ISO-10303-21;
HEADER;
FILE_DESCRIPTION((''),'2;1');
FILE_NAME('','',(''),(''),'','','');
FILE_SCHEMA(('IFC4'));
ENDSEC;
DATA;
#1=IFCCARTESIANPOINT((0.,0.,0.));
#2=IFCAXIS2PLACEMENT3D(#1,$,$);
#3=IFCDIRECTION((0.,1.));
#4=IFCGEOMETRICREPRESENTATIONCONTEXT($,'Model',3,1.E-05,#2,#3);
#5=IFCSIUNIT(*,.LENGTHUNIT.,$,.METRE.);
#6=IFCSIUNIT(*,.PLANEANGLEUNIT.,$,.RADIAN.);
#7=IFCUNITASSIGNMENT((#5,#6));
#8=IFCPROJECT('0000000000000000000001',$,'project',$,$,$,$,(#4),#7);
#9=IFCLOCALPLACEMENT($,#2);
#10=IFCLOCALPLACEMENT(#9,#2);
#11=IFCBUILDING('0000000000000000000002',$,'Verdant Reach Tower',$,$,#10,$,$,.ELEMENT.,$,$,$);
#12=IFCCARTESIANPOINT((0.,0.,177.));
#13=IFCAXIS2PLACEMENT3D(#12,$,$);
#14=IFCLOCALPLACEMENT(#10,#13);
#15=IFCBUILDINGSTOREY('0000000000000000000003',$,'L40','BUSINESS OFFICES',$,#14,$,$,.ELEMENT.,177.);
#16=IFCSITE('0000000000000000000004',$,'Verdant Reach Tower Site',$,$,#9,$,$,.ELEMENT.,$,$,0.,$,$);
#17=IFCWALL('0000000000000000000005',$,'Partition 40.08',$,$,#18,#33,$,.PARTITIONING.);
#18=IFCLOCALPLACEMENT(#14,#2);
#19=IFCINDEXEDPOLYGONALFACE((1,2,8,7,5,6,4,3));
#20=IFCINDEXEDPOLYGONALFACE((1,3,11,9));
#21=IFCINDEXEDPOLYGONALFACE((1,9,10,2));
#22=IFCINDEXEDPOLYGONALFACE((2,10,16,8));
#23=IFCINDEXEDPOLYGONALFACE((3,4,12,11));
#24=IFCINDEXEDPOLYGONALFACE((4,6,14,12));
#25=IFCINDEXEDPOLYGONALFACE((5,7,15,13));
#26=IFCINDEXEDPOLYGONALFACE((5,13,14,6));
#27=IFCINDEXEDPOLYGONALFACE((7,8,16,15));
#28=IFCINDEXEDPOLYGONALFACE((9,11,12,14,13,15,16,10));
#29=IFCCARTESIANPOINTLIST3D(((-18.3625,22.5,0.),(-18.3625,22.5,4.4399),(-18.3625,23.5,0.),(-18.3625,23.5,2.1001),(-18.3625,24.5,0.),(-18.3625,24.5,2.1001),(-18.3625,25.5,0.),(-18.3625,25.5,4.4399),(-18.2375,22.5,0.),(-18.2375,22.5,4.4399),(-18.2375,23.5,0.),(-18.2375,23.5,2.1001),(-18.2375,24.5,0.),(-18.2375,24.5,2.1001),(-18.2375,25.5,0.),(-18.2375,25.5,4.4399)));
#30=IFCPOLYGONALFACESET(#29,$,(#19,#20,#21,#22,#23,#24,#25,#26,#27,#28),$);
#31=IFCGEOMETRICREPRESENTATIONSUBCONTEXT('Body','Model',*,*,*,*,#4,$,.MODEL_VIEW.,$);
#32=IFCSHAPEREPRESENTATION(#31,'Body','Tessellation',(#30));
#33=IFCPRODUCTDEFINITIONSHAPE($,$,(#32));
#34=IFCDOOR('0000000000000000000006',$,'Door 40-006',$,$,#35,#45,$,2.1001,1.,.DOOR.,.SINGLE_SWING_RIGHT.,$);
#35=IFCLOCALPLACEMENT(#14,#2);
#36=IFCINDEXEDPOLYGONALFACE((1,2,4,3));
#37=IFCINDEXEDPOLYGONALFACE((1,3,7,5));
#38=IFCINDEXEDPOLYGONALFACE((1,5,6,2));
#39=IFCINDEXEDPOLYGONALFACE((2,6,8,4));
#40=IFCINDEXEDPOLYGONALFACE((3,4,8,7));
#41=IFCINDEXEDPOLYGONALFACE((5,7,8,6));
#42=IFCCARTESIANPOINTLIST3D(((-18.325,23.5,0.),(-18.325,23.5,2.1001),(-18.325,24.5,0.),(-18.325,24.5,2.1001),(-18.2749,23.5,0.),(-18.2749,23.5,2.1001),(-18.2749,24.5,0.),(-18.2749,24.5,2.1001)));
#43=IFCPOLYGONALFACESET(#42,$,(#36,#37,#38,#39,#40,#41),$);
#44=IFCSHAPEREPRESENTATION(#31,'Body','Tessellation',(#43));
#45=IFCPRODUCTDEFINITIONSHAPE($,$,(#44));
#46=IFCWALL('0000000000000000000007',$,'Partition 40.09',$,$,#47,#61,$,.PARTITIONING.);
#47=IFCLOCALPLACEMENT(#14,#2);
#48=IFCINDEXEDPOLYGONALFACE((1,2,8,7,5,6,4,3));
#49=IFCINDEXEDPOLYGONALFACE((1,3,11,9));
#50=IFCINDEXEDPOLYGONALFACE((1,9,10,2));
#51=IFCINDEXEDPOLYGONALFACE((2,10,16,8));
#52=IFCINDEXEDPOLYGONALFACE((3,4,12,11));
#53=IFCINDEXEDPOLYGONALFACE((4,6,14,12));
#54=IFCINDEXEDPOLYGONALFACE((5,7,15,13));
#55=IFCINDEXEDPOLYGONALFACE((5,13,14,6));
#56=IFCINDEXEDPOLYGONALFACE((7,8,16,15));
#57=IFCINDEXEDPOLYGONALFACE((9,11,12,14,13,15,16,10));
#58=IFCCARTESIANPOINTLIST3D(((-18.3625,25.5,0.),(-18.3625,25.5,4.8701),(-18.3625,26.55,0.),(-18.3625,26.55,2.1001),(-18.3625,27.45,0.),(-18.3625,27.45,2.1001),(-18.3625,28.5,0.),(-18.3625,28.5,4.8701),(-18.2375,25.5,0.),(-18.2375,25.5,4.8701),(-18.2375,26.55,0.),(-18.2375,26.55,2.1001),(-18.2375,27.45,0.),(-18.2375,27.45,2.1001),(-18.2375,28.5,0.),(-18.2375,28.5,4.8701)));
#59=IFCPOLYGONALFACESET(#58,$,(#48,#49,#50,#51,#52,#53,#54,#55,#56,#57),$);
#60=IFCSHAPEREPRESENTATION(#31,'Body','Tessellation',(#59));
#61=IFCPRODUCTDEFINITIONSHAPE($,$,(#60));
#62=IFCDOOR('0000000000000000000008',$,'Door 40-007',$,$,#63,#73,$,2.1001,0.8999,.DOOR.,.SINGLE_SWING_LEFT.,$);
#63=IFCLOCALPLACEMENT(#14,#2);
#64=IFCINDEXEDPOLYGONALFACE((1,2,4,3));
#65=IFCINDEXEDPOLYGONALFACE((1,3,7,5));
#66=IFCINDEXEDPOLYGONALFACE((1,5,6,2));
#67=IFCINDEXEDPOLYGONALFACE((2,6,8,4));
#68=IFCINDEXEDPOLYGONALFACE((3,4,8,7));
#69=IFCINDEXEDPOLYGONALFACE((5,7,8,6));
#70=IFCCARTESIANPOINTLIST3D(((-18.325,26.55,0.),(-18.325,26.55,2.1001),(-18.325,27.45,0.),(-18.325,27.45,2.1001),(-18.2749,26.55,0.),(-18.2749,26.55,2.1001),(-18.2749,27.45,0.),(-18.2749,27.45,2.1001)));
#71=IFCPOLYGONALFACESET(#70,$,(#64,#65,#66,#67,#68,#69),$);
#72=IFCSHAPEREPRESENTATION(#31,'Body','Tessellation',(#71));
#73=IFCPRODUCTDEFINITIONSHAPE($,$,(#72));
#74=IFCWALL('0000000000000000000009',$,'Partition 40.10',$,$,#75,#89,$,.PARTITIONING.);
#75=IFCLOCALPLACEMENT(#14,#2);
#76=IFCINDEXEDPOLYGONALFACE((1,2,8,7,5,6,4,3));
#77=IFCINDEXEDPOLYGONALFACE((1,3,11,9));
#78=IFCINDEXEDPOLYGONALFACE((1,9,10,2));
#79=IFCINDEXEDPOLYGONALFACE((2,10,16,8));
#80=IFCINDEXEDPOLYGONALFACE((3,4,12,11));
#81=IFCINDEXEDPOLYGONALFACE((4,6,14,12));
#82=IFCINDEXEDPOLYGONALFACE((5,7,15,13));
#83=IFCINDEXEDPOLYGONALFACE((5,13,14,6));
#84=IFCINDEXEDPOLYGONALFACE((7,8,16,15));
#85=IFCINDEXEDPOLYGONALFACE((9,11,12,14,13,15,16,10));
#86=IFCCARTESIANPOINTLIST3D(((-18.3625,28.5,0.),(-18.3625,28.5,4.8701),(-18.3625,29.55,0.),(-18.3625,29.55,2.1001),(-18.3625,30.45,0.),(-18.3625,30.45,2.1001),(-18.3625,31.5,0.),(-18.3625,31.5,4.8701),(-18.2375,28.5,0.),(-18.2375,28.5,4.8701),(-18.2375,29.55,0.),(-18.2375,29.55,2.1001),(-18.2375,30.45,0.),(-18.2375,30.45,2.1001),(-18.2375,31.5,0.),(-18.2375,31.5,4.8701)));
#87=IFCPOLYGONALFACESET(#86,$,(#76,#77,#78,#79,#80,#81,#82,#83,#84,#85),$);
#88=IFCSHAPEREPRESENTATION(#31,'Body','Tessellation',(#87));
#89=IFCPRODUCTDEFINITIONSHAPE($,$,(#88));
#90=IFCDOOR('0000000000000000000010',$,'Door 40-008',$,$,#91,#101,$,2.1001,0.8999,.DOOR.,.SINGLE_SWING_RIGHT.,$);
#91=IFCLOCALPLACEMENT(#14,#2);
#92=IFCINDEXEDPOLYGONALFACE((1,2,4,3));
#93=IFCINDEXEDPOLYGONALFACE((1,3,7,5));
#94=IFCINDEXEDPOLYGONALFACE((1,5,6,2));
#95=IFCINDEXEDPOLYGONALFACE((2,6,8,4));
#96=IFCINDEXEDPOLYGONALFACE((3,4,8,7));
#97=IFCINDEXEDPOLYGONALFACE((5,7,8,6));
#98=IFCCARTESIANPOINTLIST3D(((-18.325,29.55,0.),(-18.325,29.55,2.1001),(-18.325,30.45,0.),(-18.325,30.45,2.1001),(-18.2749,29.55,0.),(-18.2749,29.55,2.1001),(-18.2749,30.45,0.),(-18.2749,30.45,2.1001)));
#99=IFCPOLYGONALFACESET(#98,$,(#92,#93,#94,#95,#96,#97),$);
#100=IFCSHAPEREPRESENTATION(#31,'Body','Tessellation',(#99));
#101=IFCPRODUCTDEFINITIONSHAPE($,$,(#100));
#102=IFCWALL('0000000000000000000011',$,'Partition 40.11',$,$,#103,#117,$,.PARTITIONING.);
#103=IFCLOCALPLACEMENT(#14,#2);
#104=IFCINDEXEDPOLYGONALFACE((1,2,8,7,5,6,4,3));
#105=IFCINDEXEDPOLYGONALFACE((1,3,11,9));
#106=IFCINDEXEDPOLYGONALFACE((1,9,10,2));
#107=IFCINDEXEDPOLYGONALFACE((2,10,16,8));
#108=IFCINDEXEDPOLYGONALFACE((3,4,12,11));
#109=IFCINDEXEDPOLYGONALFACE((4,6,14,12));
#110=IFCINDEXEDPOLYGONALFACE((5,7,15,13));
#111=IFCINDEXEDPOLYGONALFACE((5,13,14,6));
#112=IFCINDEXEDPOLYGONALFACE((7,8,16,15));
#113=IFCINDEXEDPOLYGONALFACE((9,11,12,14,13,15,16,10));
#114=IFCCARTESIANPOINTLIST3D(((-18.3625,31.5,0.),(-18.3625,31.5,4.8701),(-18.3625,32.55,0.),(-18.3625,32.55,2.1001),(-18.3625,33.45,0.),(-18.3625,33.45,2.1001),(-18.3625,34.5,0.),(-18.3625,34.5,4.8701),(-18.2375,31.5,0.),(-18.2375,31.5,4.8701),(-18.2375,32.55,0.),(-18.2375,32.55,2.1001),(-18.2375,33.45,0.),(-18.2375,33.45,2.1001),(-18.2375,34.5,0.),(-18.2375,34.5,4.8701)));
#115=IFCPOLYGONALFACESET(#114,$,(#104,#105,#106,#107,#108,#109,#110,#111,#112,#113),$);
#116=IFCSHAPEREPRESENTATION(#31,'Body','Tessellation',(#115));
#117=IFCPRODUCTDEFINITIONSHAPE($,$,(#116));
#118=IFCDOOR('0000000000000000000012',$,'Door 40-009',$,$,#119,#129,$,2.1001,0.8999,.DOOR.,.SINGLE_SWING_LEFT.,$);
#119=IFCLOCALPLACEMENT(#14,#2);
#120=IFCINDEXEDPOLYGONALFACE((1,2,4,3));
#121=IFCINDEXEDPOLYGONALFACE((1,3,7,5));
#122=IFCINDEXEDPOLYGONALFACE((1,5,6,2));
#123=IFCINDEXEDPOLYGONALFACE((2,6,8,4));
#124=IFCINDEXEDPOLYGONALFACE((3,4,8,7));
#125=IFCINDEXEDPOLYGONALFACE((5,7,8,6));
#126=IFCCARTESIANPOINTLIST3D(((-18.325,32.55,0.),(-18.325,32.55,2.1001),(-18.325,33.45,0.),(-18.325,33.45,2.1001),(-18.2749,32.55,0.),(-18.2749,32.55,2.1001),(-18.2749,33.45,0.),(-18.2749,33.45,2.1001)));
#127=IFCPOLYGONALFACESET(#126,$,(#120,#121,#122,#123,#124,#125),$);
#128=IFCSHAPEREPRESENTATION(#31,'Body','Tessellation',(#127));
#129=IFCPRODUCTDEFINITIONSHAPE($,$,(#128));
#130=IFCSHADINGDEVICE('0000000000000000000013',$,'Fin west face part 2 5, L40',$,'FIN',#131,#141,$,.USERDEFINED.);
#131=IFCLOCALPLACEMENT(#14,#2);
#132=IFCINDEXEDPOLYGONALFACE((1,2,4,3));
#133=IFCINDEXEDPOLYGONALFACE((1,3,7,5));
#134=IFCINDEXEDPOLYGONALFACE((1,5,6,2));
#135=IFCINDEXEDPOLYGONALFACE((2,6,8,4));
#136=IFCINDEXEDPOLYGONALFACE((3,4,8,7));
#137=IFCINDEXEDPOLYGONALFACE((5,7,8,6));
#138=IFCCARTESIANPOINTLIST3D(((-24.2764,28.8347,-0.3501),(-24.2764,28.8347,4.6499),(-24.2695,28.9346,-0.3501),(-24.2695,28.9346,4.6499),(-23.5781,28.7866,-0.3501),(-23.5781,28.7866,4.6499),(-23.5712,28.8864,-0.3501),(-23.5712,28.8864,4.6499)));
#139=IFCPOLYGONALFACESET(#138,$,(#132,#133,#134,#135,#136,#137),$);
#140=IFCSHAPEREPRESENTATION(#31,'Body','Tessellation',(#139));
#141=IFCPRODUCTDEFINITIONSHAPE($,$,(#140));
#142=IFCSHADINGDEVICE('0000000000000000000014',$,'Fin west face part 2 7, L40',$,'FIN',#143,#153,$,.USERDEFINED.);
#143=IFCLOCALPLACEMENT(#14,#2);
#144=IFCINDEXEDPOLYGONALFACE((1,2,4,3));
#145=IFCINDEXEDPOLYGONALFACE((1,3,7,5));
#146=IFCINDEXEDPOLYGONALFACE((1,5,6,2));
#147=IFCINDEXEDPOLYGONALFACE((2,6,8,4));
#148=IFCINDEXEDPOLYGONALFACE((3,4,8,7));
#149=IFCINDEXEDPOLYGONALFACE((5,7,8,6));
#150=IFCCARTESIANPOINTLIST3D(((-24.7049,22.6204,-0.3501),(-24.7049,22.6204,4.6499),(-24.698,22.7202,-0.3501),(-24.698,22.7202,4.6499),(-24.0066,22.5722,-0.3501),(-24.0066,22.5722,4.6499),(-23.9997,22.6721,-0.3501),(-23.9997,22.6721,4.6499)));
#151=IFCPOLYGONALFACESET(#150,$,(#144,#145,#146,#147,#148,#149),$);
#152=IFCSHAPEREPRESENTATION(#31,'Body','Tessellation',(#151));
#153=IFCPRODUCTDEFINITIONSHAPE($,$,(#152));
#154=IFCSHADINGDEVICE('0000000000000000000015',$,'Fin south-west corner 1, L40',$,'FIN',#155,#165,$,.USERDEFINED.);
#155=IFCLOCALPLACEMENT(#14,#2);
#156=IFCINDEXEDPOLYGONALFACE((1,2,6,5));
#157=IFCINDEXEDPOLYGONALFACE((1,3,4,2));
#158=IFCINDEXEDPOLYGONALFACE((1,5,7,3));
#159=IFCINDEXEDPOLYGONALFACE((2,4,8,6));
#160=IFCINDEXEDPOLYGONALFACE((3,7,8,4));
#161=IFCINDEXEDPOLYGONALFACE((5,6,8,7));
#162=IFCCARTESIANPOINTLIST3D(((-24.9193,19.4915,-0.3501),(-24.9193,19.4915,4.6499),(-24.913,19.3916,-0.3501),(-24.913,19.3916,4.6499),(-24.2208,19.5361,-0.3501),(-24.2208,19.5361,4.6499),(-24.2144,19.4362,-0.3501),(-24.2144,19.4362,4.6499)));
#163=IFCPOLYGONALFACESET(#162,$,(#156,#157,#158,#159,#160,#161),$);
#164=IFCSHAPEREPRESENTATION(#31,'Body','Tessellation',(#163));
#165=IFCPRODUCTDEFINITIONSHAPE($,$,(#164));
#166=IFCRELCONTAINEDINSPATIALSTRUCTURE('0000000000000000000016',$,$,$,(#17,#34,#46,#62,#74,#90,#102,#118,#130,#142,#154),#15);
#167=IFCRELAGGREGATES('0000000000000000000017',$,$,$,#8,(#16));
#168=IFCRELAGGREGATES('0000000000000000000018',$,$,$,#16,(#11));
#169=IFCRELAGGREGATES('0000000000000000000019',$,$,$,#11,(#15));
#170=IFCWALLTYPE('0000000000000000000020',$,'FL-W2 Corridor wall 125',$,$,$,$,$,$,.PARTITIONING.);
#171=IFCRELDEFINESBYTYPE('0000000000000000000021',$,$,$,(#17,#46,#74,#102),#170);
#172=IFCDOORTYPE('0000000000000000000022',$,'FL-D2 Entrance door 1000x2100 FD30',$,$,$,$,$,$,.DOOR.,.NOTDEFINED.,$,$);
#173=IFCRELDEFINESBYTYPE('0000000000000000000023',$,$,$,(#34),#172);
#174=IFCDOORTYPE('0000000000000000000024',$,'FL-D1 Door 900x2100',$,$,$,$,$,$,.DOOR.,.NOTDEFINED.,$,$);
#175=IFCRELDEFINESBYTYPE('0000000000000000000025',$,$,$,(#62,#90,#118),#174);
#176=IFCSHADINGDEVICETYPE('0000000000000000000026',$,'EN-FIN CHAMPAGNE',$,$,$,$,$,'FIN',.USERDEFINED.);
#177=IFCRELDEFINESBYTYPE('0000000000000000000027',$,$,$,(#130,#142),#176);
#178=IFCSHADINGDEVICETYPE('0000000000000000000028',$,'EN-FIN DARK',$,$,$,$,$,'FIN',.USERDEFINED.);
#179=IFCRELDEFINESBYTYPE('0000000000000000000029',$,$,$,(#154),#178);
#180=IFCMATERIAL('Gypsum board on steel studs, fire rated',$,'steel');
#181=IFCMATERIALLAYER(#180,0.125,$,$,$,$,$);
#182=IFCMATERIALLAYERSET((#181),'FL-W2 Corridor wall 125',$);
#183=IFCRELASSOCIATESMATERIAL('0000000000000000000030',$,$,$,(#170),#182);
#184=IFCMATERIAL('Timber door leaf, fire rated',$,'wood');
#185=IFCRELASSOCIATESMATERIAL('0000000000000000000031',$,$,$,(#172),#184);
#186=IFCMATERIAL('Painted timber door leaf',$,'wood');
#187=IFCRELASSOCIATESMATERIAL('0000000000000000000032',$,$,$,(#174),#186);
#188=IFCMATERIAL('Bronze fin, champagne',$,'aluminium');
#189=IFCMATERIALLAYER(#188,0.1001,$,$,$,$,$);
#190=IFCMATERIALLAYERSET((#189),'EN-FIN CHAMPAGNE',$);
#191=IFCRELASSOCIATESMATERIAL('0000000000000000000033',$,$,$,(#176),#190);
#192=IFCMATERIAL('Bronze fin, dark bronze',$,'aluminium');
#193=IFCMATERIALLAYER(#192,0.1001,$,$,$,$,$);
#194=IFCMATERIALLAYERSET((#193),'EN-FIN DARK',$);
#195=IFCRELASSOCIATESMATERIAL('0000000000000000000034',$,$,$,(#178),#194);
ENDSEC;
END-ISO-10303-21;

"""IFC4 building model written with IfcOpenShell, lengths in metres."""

from ifc_helpers import new_model, si_unit, direction, frame, frame_2d, origin, origin_2d, place, context, subcontext, project, spatial, rectangle, extrude, material, layer, layer_set, type_object, element, fill, save


model = new_model("IFC4")

# Units and contexts
model_context = context("Model", 3, precision=1e-05, world=origin(), true_north=direction((0.0, 1.0)))
body_context = subcontext(model_context, "Body", "Model", "MODEL_VIEW")
ifc_project = project(units=[si_unit("LENGTHUNIT", "METRE"), si_unit("PLANEANGLEUNIT", "RADIAN")], contexts=[model_context])

# Site, building, storey
site_placement = place(None, origin())
site = spatial("IfcSite", under=ifc_project, at=site_placement, Name="Verdant Reach Tower Site", CompositionType="ELEMENT", RefElevation=0.0)
building_placement = place(site_placement, origin())
building = spatial("IfcBuilding", under=site, at=building_placement, Name="Verdant Reach Tower", CompositionType="ELEMENT")
storey_placement = place(building_placement, frame((0.0, 0.0, 177.0)))
storey = spatial("IfcBuildingStorey", under=building, at=storey_placement, Name="L40", Description="BUSINESS OFFICES", CompositionType="ELEMENT", Elevation=177.0)

# Walls, openings, doors
ifc_material_1 = material(Name="Gypsum board on steel studs, fire rated", Category="steel")
ifc_layer_1 = layer(ifc_material_1, 0.125)
ifc_layer_set_1 = layer_set([ifc_layer_1], Name="FL-W2 Corridor wall 125")
wall_type_1 = type_object("IfcWallType", Name="FL-W2 Corridor wall 125", PredefinedType="PARTITIONING", material=ifc_layer_set_1)
wall_1_placement = place(storey_placement, frame((-18.3, 22.5, 0.0), z_axis=(0.0, 0.0, 1.0), x_axis=(0.0, 1.0, 0.0)))
wall_1 = element("IfcWall", 1, at=wall_1_placement, inside=storey, type_object=wall_type_1, Name="Partition 40.08", PredefinedType="PARTITIONING", context=body_context, shape_type="SweptSolid", body=[
    extrude(rectangle(XDim=3.0, YDim=0.125, at=frame_2d((1.5, 0.0))), origin(), (0.0, 0.0, 1.0), 4.4399),
])
opening_1_placement = place(wall_1_placement, frame((1.0, 0.0, 0.0)))
opening_1 = element("IfcOpeningElement", 2, at=opening_1_placement, cuts=wall_1, PredefinedType="OPENING", context=body_context, shape_type="SweptSolid", body=[
    extrude(rectangle(XDim=1.0, YDim=2.1001, at=frame_2d((0.5, 1.05))), frame((0.0, 0.0725, 0.0), z_axis=(0.0, -1.0, 0.0), x_axis=(1.0, 0.0, 0.0)), (0.0, 0.0, 1.0), 0.145),
])
ifc_material_2 = material(Name="Timber door leaf, fire rated", Category="wood")
door_type_1 = type_object("IfcDoorType", Name="FL-D2 Entrance door 1000x2100 FD30", OperationType="NOTDEFINED", PredefinedType="DOOR", material=ifc_material_2)
door_1_placement = place(opening_1_placement, origin())
door_1 = element("IfcDoor", 3, at=door_1_placement, inside=storey, type_object=door_type_1, Name="Door 40-006", OperationType="SINGLE_SWING_RIGHT", OverallHeight=2.1001, OverallWidth=1.0, PredefinedType="DOOR", context=body_context, shape_type="SweptSolid", body=[
    extrude(rectangle(XDim=1.0, YDim=2.1001, at=frame_2d((0.5, 1.05))), frame((0.0, 0.0249, 0.0), z_axis=(0.0, -1.0, 0.0), x_axis=(1.0, 0.0, 0.0)), (0.0, 0.0, 1.0), 0.05),
])
fill(opening_1, door_1)
wall_2_placement = place(storey_placement, frame((-18.3, 25.5, 0.0), z_axis=(0.0, 0.0, 1.0), x_axis=(0.0, 1.0, 0.0)))
wall_2 = element("IfcWall", 4, at=wall_2_placement, inside=storey, type_object=wall_type_1, Name="Partition 40.09", PredefinedType="PARTITIONING", context=body_context, shape_type="SweptSolid", body=[
    extrude(rectangle(XDim=3.0, YDim=0.125, at=frame_2d((1.5, 0.0))), origin(), (0.0, 0.0, 1.0), 4.8701),
])
opening_2_placement = place(wall_2_placement, frame((1.05, 0.0, 0.0)))
opening_2 = element("IfcOpeningElement", 5, at=opening_2_placement, cuts=wall_2, PredefinedType="OPENING", context=body_context, shape_type="SweptSolid", body=[
    extrude(rectangle(XDim=0.8999, YDim=2.1001, at=frame_2d((0.45, 1.05))), frame((0.0, 0.0725, 0.0), z_axis=(0.0, -1.0, 0.0), x_axis=(1.0, 0.0, 0.0)), (0.0, 0.0, 1.0), 0.145),
])
ifc_material_3 = material(Name="Painted timber door leaf", Category="wood")
door_type_2 = type_object("IfcDoorType", Name="FL-D1 Door 900x2100", OperationType="NOTDEFINED", PredefinedType="DOOR", material=ifc_material_3)
door_2_placement = place(opening_2_placement, origin())
door_2 = element("IfcDoor", 6, at=door_2_placement, inside=storey, type_object=door_type_2, Name="Door 40-007", OperationType="SINGLE_SWING_LEFT", OverallHeight=2.1001, OverallWidth=0.8999, PredefinedType="DOOR", context=body_context, shape_type="SweptSolid", body=[
    extrude(rectangle(XDim=0.8999, YDim=2.1001, at=frame_2d((0.45, 1.05))), frame((0.0, 0.0249, 0.0), z_axis=(0.0, -1.0, 0.0), x_axis=(1.0, 0.0, 0.0)), (0.0, 0.0, 1.0), 0.05),
])
fill(opening_2, door_2)
wall_3_placement = place(storey_placement, frame((-18.3, 28.5, 0.0), z_axis=(0.0, 0.0, 1.0), x_axis=(0.0, 1.0, 0.0)))
wall_3 = element("IfcWall", 7, at=wall_3_placement, inside=storey, type_object=wall_type_1, Name="Partition 40.10", PredefinedType="PARTITIONING", context=body_context, shape_type="SweptSolid", body=[
    extrude(rectangle(XDim=3.0, YDim=0.125, at=frame_2d((1.5, 0.0))), origin(), (0.0, 0.0, 1.0), 4.8701),
])
opening_3_placement = place(wall_3_placement, frame((1.05, 0.0, 0.0)))
opening_3 = element("IfcOpeningElement", 8, at=opening_3_placement, cuts=wall_3, PredefinedType="OPENING", context=body_context, shape_type="SweptSolid", body=[
    extrude(rectangle(XDim=0.8999, YDim=2.1001, at=frame_2d((0.45, 1.05))), frame((0.0, 0.0725, 0.0), z_axis=(0.0, -1.0, 0.0), x_axis=(1.0, 0.0, 0.0)), (0.0, 0.0, 1.0), 0.145),
])
door_3_placement = place(opening_3_placement, origin())
door_3 = element("IfcDoor", 9, at=door_3_placement, inside=storey, type_object=door_type_2, Name="Door 40-008", OperationType="SINGLE_SWING_RIGHT", OverallHeight=2.1001, OverallWidth=0.8999, PredefinedType="DOOR", context=body_context, shape_type="SweptSolid", body=[
    extrude(rectangle(XDim=0.8999, YDim=2.1001, at=frame_2d((0.45, 1.05))), frame((0.0, 0.0249, 0.0), z_axis=(0.0, -1.0, 0.0), x_axis=(1.0, 0.0, 0.0)), (0.0, 0.0, 1.0), 0.05),
])
fill(opening_3, door_3)
wall_4_placement = place(storey_placement, frame((-18.3, 31.5, 0.0), z_axis=(0.0, 0.0, 1.0), x_axis=(0.0, 1.0, 0.0)))
wall_4 = element("IfcWall", 10, at=wall_4_placement, inside=storey, type_object=wall_type_1, Name="Partition 40.11", PredefinedType="PARTITIONING", context=body_context, shape_type="SweptSolid", body=[
    extrude(rectangle(XDim=3.0, YDim=0.125, at=frame_2d((1.5, 0.0))), origin(), (0.0, 0.0, 1.0), 4.8701),
])
opening_4_placement = place(wall_4_placement, frame((1.05, 0.0, 0.0)))
opening_4 = element("IfcOpeningElement", 11, at=opening_4_placement, cuts=wall_4, PredefinedType="OPENING", context=body_context, shape_type="SweptSolid", body=[
    extrude(rectangle(XDim=0.8999, YDim=2.1001, at=frame_2d((0.45, 1.05))), frame((0.0, 0.0725, 0.0), z_axis=(0.0, -1.0, 0.0), x_axis=(1.0, 0.0, 0.0)), (0.0, 0.0, 1.0), 0.145),
])
door_4_placement = place(opening_4_placement, origin())
door_4 = element("IfcDoor", 12, at=door_4_placement, inside=storey, type_object=door_type_2, Name="Door 40-009", OperationType="SINGLE_SWING_LEFT", OverallHeight=2.1001, OverallWidth=0.8999, PredefinedType="DOOR", context=body_context, shape_type="SweptSolid", body=[
    extrude(rectangle(XDim=0.8999, YDim=2.1001, at=frame_2d((0.45, 1.05))), frame((0.0, 0.0249, 0.0), z_axis=(0.0, -1.0, 0.0), x_axis=(1.0, 0.0, 0.0)), (0.0, 0.0, 1.0), 0.05),
])
fill(opening_4, door_4)

# Shading devices
ifc_material_4 = material(Name="Bronze fin, champagne", Category="aluminium")
ifc_layer_2 = layer(ifc_material_4, 0.1001)
ifc_layer_set_2 = layer_set([ifc_layer_2], Name="EN-FIN CHAMPAGNE")
shading_device_type_1 = type_object("IfcShadingDeviceType", Name="EN-FIN CHAMPAGNE", ElementType="FIN", PredefinedType="USERDEFINED", material=ifc_layer_set_2)
for number, where, z_axis, x_axis, name in (
    (13, (-23.9238, 28.8606, -0.3501), (0.0, 0.0, 1.0), (-0.068802, -0.99763, 0.0), "Fin west face part 2 5, L40"),
    (14, (-24.3523, 22.6462, -0.3501), (0.0, 0.0, 1.0), (-0.068802, -0.99763, 0.0), "Fin west face part 2 7, L40"),
):
    element("IfcShadingDevice", number, at=place(storey_placement, frame(where, z_axis=z_axis, x_axis=x_axis)), inside=storey, type_object=shading_device_type_1, Name=name, ObjectType="FIN", PredefinedType="USERDEFINED", context=body_context, shape_type="SweptSolid", body=[
        extrude(rectangle(XDim=0.1001, YDim=0.7, at=origin_2d()), origin(), (0.0, 0.0, 1.0), 5.0),
    ])
ifc_material_5 = material(Name="Bronze fin, dark bronze", Category="aluminium")
ifc_layer_3 = layer(ifc_material_5, 0.1001)
ifc_layer_set_3 = layer_set([ifc_layer_3], Name="EN-FIN DARK")
shading_device_type_2 = type_object("IfcShadingDeviceType", Name="EN-FIN DARK", ElementType="FIN", PredefinedType="USERDEFINED", material=ifc_layer_set_3)
shading_device_placement = place(storey_placement, frame((-24.5669, 19.4639, -0.3501), z_axis=(0.0, 0.0, 1.0), x_axis=(0.063699, -0.997969, 0.0)))
element("IfcShadingDevice", 15, at=shading_device_placement, inside=storey, type_object=shading_device_type_2, Name="Fin south-west corner 1, L40", ObjectType="FIN", PredefinedType="USERDEFINED", context=body_context, shape_type="SweptSolid", body=[
    extrude(rectangle(XDim=0.1001, YDim=0.7, at=origin_2d()), origin(), (0.0, 0.0, 1.0), 5.0),
])

save(model, "model.ifc")
